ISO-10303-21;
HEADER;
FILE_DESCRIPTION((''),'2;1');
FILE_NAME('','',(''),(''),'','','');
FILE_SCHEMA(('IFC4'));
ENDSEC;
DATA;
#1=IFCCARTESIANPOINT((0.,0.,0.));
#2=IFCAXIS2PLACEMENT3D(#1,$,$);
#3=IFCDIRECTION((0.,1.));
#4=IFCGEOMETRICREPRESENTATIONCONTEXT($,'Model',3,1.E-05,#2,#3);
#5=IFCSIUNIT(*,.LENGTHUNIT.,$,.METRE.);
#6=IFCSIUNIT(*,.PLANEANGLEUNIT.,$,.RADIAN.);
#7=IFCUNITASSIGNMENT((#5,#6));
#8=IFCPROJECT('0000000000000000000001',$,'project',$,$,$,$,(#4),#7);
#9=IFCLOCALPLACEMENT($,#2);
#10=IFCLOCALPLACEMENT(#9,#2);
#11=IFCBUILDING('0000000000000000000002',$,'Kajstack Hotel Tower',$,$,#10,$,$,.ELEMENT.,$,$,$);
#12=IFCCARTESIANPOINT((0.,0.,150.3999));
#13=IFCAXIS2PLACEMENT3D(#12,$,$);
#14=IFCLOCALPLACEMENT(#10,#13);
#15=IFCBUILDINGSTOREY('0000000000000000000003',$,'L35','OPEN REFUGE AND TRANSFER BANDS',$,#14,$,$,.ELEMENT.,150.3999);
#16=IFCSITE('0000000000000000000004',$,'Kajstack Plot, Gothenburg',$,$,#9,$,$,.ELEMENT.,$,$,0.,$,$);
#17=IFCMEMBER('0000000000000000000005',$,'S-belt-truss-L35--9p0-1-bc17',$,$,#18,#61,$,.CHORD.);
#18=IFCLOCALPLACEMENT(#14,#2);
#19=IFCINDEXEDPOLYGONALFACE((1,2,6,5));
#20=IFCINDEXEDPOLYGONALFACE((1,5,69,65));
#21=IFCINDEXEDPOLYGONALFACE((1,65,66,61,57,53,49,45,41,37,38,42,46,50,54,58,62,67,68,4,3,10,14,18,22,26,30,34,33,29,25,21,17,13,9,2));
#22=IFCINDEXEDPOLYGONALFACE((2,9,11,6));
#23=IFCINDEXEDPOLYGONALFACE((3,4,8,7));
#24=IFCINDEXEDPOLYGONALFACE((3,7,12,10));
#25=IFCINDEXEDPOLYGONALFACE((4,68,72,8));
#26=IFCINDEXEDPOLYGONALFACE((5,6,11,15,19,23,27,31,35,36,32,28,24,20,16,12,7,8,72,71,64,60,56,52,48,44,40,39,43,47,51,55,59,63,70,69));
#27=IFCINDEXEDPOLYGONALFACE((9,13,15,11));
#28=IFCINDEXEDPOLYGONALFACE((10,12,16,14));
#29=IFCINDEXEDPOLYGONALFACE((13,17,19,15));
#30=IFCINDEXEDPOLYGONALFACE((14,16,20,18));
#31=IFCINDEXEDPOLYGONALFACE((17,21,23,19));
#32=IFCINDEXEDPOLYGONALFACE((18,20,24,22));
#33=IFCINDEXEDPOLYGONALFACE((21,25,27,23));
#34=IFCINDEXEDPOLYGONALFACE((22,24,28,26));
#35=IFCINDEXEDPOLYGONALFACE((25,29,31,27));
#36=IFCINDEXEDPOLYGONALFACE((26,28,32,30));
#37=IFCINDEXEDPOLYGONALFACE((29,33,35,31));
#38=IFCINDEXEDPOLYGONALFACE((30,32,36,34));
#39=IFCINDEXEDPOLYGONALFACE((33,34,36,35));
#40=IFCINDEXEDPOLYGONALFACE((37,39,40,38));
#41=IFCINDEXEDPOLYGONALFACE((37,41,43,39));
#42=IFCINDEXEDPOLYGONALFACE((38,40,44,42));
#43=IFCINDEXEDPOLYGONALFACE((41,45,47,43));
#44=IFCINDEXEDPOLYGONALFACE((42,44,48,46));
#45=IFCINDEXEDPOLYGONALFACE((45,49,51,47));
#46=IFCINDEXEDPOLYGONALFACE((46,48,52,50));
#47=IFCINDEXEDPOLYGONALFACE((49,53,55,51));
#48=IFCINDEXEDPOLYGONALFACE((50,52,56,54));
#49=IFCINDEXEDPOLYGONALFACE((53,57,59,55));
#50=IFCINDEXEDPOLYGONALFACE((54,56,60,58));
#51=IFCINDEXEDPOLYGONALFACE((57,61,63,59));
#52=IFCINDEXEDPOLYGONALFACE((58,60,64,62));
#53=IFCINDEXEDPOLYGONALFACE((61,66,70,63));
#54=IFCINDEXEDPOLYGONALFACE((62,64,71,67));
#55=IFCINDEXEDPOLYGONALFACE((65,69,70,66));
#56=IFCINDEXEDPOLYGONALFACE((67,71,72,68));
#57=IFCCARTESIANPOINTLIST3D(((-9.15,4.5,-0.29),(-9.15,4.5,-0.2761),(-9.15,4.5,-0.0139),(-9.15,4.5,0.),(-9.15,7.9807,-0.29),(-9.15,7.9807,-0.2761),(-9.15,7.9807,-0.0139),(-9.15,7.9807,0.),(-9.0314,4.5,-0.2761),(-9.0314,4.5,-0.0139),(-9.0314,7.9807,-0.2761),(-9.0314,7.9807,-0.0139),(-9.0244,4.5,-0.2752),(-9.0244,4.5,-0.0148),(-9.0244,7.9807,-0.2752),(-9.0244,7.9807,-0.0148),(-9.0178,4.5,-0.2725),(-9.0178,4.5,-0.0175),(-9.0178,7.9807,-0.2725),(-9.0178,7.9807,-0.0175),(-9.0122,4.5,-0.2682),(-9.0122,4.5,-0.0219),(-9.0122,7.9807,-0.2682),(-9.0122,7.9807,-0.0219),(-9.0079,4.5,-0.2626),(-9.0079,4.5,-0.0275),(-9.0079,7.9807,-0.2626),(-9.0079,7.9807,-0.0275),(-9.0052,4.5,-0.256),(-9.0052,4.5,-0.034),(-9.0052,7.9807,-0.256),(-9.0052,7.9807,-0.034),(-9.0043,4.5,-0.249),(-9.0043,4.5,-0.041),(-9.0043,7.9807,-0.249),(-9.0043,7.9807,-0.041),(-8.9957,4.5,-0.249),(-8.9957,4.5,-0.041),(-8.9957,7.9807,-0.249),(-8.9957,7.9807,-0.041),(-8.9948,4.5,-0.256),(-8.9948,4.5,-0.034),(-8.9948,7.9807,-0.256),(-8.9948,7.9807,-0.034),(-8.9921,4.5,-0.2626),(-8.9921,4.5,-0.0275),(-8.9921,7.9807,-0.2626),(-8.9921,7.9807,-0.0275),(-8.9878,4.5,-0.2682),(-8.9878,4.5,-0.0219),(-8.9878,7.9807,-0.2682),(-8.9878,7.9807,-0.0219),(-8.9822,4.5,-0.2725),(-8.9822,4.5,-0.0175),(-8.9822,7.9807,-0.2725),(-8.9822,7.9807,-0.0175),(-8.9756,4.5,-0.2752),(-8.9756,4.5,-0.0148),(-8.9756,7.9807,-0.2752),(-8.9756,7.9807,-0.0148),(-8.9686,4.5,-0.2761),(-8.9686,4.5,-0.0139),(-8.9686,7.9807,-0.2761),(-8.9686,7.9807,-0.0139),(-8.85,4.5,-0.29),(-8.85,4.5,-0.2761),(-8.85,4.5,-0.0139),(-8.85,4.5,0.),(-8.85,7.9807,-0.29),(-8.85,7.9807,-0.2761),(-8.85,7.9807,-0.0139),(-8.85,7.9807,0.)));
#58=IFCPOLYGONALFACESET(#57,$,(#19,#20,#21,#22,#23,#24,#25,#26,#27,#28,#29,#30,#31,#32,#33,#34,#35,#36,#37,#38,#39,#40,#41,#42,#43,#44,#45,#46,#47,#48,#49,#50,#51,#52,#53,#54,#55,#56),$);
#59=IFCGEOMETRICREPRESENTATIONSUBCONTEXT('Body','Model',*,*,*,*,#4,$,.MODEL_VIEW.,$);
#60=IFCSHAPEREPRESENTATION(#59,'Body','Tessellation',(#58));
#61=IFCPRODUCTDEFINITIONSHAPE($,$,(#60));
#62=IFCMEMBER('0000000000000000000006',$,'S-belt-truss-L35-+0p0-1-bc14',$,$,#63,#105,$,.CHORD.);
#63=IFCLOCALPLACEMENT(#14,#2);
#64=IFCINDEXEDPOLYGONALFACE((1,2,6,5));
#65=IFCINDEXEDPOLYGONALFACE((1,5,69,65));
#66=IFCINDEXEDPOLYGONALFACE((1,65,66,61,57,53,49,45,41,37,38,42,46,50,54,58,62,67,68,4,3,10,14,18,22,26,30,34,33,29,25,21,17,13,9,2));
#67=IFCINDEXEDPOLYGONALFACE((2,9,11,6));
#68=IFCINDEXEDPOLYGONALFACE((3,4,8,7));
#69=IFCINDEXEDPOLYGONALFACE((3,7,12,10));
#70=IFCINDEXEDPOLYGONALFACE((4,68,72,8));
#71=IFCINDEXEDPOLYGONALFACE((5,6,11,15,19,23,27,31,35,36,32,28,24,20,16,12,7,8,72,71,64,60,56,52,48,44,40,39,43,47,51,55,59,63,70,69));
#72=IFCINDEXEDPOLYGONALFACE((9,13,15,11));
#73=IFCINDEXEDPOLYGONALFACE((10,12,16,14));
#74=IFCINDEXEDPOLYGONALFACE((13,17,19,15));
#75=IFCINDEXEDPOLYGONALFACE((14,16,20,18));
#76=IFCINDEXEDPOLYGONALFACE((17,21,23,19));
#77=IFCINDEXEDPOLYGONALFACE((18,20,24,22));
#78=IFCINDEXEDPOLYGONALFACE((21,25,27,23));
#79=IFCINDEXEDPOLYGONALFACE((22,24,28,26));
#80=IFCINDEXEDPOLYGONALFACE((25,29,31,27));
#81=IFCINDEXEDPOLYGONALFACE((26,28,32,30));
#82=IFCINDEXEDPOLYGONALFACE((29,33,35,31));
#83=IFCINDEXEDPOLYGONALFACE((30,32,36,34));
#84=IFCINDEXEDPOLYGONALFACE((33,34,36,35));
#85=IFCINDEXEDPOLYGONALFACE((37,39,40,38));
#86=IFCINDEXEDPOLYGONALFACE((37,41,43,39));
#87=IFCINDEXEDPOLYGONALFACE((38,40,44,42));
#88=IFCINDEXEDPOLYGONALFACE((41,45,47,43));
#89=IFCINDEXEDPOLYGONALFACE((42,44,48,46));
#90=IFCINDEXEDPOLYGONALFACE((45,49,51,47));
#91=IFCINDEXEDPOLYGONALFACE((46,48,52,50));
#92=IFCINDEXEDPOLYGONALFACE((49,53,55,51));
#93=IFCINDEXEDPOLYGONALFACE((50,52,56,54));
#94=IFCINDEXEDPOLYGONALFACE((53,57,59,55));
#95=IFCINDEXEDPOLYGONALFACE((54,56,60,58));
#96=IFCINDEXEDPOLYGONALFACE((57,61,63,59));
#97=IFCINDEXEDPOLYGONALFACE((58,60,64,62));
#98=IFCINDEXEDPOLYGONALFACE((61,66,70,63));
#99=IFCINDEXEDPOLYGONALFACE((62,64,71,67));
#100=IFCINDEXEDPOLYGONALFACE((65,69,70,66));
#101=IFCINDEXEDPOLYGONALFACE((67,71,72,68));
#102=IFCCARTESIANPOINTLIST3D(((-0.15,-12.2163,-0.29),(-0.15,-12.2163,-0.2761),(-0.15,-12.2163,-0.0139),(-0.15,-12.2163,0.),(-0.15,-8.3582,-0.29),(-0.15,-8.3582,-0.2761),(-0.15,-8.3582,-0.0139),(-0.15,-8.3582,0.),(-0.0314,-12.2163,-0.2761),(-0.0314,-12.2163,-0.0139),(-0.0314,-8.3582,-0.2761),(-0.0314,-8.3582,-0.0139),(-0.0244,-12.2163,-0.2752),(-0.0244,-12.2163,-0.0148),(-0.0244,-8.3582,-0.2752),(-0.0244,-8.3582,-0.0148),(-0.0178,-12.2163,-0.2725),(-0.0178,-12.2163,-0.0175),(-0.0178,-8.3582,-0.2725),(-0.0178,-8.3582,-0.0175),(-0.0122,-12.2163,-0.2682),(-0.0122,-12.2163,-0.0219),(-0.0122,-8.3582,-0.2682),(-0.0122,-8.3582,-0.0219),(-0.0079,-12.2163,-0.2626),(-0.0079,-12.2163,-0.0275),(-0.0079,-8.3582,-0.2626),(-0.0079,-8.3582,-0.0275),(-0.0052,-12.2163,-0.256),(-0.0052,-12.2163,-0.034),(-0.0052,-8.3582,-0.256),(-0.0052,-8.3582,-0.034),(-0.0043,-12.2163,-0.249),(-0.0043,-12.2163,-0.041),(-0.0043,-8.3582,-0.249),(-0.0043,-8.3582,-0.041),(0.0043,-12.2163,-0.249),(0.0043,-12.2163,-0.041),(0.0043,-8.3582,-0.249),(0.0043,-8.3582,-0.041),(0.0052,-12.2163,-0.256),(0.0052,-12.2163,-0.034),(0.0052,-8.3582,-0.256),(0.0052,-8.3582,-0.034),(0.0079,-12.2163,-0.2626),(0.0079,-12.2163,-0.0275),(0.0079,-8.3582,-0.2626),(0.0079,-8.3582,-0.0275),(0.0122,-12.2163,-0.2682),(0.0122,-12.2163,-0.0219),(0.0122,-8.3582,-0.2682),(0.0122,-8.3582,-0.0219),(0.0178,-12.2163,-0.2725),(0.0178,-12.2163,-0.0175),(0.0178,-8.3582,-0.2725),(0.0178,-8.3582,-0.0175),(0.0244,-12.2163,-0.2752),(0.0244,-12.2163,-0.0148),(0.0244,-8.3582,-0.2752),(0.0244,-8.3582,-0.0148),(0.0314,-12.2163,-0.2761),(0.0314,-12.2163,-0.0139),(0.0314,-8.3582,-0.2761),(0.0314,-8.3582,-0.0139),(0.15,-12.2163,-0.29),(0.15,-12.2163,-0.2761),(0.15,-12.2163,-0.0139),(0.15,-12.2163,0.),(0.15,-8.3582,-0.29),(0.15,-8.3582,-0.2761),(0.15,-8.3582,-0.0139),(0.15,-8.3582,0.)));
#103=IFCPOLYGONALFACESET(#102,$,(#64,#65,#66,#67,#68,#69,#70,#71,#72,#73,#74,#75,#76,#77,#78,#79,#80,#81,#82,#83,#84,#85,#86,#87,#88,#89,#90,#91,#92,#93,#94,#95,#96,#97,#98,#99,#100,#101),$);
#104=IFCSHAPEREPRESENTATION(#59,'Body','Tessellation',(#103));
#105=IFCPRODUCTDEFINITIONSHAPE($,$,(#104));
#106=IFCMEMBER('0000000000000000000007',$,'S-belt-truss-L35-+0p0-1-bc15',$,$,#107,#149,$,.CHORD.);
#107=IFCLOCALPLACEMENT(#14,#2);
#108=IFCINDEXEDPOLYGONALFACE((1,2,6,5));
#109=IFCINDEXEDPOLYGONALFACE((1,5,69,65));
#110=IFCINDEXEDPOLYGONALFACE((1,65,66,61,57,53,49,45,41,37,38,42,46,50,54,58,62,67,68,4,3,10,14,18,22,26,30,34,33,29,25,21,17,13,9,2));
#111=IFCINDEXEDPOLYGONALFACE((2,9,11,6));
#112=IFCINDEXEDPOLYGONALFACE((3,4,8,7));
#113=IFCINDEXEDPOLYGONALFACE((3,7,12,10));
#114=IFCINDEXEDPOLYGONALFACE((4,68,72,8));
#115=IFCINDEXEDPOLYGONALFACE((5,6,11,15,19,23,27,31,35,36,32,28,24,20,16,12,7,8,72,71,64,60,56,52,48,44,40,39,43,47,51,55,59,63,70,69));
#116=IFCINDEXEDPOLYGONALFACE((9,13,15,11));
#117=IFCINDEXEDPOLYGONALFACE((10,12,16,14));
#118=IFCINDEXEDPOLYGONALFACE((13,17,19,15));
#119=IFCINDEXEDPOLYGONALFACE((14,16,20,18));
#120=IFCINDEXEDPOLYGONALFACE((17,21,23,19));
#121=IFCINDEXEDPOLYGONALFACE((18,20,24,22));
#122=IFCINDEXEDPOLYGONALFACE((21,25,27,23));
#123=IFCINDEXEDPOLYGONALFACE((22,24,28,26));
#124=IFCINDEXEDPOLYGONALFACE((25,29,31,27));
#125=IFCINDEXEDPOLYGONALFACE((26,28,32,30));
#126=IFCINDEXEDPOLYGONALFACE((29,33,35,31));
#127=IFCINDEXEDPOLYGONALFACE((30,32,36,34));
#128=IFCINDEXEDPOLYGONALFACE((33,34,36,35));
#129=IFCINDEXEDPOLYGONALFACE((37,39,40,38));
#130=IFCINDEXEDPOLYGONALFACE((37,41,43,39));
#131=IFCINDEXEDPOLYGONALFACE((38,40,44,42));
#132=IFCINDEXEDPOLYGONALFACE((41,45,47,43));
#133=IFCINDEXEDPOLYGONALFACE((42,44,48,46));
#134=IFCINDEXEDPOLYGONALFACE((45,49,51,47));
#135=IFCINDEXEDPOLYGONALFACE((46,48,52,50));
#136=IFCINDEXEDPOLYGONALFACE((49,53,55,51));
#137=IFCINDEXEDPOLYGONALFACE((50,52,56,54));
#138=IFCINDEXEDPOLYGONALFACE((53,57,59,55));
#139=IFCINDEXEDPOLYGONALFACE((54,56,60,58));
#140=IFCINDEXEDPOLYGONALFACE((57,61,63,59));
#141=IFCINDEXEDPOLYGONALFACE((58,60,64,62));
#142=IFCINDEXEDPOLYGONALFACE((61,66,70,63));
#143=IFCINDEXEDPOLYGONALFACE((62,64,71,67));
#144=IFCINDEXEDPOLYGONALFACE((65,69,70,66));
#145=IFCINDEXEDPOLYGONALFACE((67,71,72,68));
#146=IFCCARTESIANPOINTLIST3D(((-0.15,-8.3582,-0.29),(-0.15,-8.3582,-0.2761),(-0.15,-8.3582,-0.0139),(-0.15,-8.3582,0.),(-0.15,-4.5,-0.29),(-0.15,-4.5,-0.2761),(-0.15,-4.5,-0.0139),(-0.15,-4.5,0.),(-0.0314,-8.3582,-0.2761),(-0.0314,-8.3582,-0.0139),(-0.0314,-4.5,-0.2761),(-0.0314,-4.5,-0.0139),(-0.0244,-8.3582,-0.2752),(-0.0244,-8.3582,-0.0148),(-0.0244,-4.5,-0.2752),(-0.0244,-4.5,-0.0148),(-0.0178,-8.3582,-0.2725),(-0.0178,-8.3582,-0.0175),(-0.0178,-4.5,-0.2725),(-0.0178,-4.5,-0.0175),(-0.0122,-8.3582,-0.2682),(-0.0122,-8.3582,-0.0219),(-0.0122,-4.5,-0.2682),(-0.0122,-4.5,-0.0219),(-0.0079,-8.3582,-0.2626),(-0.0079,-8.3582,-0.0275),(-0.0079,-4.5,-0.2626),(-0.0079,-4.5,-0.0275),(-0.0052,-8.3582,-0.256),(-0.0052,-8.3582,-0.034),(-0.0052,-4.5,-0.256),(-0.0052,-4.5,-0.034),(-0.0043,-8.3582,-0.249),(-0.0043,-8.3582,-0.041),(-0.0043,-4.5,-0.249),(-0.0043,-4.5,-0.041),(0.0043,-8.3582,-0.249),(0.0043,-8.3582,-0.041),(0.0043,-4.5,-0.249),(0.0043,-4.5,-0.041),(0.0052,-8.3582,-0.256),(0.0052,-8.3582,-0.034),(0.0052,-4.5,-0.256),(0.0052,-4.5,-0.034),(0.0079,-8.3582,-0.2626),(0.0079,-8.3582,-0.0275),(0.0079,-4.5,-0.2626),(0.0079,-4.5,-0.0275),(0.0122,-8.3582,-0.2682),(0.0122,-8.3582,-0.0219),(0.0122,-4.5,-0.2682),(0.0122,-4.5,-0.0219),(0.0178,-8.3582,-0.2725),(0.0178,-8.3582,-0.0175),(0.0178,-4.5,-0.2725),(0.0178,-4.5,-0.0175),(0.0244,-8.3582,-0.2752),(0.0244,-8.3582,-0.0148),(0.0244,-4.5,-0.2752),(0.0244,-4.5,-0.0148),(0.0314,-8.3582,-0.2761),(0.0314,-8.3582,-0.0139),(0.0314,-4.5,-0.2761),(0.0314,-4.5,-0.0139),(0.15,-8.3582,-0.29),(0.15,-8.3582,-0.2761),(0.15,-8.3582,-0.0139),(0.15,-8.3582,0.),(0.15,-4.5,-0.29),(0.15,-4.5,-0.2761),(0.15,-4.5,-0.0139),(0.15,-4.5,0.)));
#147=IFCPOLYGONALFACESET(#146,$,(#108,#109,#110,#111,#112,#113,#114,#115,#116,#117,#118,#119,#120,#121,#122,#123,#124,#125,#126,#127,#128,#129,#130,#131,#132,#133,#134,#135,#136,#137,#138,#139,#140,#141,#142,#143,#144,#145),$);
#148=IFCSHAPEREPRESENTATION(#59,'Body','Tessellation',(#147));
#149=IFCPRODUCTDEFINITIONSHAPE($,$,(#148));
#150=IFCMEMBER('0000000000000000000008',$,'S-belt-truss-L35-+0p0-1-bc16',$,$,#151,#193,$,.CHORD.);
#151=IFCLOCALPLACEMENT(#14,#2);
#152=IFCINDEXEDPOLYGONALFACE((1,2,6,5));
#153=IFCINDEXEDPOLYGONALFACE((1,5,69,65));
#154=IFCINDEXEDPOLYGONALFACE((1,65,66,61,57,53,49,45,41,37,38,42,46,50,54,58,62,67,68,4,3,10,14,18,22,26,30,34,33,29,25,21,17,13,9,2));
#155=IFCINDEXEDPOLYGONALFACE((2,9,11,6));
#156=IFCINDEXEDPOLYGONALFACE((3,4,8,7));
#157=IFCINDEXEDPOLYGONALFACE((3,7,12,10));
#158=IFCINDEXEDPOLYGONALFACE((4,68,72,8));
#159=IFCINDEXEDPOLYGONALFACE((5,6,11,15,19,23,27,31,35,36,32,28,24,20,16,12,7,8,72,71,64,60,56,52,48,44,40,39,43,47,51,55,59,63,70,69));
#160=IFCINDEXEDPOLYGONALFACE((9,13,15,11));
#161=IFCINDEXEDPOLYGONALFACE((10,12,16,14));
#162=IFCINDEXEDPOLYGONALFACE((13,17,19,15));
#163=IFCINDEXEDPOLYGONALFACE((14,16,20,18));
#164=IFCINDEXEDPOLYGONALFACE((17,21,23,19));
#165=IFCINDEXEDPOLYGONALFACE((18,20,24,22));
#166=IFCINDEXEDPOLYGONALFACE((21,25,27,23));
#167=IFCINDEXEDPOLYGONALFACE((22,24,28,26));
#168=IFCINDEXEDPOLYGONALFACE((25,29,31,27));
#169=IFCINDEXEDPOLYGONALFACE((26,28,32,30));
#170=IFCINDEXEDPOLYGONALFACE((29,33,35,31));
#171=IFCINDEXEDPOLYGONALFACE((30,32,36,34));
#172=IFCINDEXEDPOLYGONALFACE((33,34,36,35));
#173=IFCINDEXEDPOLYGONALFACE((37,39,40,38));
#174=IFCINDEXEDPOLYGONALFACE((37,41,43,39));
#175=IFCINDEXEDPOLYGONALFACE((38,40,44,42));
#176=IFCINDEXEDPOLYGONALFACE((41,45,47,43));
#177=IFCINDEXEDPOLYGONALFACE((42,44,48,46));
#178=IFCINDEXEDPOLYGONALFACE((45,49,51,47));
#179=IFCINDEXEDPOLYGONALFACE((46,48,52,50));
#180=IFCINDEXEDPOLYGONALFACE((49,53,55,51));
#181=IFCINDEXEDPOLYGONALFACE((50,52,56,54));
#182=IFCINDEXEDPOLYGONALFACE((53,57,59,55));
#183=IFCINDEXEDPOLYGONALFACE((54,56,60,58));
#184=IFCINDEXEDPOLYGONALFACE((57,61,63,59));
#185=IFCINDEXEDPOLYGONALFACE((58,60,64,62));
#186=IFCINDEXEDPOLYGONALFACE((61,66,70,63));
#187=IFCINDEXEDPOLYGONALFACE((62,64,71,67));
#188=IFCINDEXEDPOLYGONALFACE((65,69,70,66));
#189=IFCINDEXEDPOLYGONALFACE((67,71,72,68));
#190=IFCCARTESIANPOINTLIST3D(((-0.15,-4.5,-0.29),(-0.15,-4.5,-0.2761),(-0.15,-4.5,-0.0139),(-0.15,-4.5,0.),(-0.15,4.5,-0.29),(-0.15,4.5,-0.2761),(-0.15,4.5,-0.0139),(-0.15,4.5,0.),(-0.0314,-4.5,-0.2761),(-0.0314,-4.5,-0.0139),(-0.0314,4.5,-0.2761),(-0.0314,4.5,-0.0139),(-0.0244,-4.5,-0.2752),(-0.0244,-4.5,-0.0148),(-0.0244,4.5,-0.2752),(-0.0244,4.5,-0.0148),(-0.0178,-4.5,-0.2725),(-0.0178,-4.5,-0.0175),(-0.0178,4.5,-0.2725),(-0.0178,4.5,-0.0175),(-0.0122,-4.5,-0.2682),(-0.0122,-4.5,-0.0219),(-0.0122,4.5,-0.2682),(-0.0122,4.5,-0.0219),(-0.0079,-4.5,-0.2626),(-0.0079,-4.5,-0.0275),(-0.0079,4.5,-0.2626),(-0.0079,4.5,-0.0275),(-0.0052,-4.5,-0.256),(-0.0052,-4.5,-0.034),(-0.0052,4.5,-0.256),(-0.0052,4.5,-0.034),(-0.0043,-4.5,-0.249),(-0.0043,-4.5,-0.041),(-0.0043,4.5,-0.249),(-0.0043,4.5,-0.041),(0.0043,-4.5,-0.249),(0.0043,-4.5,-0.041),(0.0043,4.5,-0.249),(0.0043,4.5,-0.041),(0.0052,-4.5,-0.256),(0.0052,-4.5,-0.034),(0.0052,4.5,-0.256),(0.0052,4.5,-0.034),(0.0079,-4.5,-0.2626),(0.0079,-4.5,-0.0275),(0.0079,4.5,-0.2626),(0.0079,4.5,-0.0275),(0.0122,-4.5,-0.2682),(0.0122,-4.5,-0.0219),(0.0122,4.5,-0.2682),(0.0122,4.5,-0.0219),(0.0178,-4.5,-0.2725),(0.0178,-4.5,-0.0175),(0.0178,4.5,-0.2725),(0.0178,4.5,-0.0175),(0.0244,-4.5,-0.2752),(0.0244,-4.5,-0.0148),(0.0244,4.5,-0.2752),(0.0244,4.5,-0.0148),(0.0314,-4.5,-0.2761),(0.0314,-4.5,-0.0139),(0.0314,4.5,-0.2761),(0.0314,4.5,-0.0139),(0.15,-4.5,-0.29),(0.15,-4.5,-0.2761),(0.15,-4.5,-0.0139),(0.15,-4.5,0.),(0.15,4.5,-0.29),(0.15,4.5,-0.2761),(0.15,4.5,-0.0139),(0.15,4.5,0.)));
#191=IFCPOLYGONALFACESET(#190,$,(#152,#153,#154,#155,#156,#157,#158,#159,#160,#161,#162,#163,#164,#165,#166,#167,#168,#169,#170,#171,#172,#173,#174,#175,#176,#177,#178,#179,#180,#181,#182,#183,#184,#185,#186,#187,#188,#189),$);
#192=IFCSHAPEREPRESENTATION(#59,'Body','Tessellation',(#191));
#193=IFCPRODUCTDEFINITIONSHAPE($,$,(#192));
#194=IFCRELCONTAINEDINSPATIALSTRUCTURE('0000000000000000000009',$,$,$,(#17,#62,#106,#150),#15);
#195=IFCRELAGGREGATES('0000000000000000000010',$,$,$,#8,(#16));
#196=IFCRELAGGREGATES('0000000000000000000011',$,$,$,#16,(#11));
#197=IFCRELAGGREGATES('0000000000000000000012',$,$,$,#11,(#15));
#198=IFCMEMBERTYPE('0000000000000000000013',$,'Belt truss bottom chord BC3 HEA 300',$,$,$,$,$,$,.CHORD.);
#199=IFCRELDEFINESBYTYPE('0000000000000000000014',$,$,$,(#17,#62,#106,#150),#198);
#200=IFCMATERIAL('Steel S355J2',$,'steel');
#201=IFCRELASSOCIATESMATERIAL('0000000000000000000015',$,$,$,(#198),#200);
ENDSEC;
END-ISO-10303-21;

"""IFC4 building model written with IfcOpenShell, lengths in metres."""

from ifc_helpers import new_model, si_unit, direction, frame, origin, origin_2d, place, context, subcontext, project, spatial, i_section, extrude, material, material_profile, profile_set, type_object, element, save


model = new_model("IFC4")

# Units and contexts
model_context = context("Model", 3, precision=1e-05, world=origin(), true_north=direction((0.0, 1.0)))
body_context = subcontext(model_context, "Body", "Model", "MODEL_VIEW")
ifc_project = project(units=[si_unit("LENGTHUNIT", "METRE"), si_unit("PLANEANGLEUNIT", "RADIAN")], contexts=[model_context])

# Site, building, storey
site_placement = place(None, origin())
site = spatial("IfcSite", under=ifc_project, at=site_placement, Name="Kajstack Plot, Gothenburg", CompositionType="ELEMENT", RefElevation=0.0)
building_placement = place(site_placement, origin())
building = spatial("IfcBuilding", under=site, at=building_placement, Name="Kajstack Hotel Tower", CompositionType="ELEMENT")
storey_placement = place(building_placement, frame((0.0, 0.0, 150.3999)))
storey = spatial("IfcBuildingStorey", under=building, at=storey_placement, Name="L35", Description="OPEN REFUGE AND TRANSFER BANDS", CompositionType="ELEMENT", Elevation=150.3999)

# Members
ifc_material_1 = material(Name="Steel S355J2", Category="steel")
ifc_material_profile_1 = material_profile(ifc_material_1, i_section(OverallWidth=0.3, OverallDepth=0.29, WebThickness=0.0085, FlangeThickness=0.0139, FilletRadius=0.0271, at=origin_2d()), Name="HEA 300")
ifc_profile_set_1 = profile_set([ifc_material_profile_1], Name="Steel S355J2")
member_type_1 = type_object("IfcMemberType", Name="Belt truss bottom chord BC3 HEA 300", PredefinedType="CHORD", material=ifc_profile_set_1)
member_1_placement = place(storey_placement, frame((-9.0, 4.5, -0.145), z_axis=(0.0, 1.0, 0.0), x_axis=(-1.0, 0.0, 0.0)))
element("IfcMember", 1, at=member_1_placement, inside=storey, type_object=member_type_1, Name="S-belt-truss-L35--9p0-1-bc17", PredefinedType="CHORD", context=body_context, shape_type="SweptSolid", body=[
    extrude(i_section(OverallWidth=0.3, OverallDepth=0.29, WebThickness=0.0085, FlangeThickness=0.0139, FilletRadius=0.0271, at=origin_2d()), origin(), (0.0, 0.0, 1.0), 3.4807),
])
for number, where, z_axis, x_axis, name in (
    (2, (0.0, -12.2163, -0.145), (0.0, 1.0, 0.0), (-1.0, 0.0, 0.0), "S-belt-truss-L35-+0p0-1-bc14"),
    (3, (0.0, -8.3582, -0.145), (0.0, 1.0, 0.0), (-1.0, 0.0, 0.0), "S-belt-truss-L35-+0p0-1-bc15"),
):
    element("IfcMember", number, at=place(storey_placement, frame(where, z_axis=z_axis, x_axis=x_axis)), inside=storey, type_object=member_type_1, Name=name, PredefinedType="CHORD", context=body_context, shape_type="SweptSolid", body=[
        extrude(i_section(OverallWidth=0.3, OverallDepth=0.29, WebThickness=0.0085, FlangeThickness=0.0139, FilletRadius=0.0271, at=origin_2d()), origin(), (0.0, 0.0, 1.0), 3.8582),
    ])
member_2_placement = place(storey_placement, frame((0.0, -4.5, -0.145), z_axis=(0.0, 1.0, 0.0), x_axis=(-1.0, 0.0, 0.0)))
element("IfcMember", 4, at=member_2_placement, inside=storey, type_object=member_type_1, Name="S-belt-truss-L35-+0p0-1-bc16", PredefinedType="CHORD", context=body_context, shape_type="SweptSolid", body=[
    extrude(i_section(OverallWidth=0.3, OverallDepth=0.29, WebThickness=0.0085, FlangeThickness=0.0139, FilletRadius=0.0271, at=origin_2d()), origin(), (0.0, 0.0, 1.0), 9.0),
])

save(model, "model.ifc")
